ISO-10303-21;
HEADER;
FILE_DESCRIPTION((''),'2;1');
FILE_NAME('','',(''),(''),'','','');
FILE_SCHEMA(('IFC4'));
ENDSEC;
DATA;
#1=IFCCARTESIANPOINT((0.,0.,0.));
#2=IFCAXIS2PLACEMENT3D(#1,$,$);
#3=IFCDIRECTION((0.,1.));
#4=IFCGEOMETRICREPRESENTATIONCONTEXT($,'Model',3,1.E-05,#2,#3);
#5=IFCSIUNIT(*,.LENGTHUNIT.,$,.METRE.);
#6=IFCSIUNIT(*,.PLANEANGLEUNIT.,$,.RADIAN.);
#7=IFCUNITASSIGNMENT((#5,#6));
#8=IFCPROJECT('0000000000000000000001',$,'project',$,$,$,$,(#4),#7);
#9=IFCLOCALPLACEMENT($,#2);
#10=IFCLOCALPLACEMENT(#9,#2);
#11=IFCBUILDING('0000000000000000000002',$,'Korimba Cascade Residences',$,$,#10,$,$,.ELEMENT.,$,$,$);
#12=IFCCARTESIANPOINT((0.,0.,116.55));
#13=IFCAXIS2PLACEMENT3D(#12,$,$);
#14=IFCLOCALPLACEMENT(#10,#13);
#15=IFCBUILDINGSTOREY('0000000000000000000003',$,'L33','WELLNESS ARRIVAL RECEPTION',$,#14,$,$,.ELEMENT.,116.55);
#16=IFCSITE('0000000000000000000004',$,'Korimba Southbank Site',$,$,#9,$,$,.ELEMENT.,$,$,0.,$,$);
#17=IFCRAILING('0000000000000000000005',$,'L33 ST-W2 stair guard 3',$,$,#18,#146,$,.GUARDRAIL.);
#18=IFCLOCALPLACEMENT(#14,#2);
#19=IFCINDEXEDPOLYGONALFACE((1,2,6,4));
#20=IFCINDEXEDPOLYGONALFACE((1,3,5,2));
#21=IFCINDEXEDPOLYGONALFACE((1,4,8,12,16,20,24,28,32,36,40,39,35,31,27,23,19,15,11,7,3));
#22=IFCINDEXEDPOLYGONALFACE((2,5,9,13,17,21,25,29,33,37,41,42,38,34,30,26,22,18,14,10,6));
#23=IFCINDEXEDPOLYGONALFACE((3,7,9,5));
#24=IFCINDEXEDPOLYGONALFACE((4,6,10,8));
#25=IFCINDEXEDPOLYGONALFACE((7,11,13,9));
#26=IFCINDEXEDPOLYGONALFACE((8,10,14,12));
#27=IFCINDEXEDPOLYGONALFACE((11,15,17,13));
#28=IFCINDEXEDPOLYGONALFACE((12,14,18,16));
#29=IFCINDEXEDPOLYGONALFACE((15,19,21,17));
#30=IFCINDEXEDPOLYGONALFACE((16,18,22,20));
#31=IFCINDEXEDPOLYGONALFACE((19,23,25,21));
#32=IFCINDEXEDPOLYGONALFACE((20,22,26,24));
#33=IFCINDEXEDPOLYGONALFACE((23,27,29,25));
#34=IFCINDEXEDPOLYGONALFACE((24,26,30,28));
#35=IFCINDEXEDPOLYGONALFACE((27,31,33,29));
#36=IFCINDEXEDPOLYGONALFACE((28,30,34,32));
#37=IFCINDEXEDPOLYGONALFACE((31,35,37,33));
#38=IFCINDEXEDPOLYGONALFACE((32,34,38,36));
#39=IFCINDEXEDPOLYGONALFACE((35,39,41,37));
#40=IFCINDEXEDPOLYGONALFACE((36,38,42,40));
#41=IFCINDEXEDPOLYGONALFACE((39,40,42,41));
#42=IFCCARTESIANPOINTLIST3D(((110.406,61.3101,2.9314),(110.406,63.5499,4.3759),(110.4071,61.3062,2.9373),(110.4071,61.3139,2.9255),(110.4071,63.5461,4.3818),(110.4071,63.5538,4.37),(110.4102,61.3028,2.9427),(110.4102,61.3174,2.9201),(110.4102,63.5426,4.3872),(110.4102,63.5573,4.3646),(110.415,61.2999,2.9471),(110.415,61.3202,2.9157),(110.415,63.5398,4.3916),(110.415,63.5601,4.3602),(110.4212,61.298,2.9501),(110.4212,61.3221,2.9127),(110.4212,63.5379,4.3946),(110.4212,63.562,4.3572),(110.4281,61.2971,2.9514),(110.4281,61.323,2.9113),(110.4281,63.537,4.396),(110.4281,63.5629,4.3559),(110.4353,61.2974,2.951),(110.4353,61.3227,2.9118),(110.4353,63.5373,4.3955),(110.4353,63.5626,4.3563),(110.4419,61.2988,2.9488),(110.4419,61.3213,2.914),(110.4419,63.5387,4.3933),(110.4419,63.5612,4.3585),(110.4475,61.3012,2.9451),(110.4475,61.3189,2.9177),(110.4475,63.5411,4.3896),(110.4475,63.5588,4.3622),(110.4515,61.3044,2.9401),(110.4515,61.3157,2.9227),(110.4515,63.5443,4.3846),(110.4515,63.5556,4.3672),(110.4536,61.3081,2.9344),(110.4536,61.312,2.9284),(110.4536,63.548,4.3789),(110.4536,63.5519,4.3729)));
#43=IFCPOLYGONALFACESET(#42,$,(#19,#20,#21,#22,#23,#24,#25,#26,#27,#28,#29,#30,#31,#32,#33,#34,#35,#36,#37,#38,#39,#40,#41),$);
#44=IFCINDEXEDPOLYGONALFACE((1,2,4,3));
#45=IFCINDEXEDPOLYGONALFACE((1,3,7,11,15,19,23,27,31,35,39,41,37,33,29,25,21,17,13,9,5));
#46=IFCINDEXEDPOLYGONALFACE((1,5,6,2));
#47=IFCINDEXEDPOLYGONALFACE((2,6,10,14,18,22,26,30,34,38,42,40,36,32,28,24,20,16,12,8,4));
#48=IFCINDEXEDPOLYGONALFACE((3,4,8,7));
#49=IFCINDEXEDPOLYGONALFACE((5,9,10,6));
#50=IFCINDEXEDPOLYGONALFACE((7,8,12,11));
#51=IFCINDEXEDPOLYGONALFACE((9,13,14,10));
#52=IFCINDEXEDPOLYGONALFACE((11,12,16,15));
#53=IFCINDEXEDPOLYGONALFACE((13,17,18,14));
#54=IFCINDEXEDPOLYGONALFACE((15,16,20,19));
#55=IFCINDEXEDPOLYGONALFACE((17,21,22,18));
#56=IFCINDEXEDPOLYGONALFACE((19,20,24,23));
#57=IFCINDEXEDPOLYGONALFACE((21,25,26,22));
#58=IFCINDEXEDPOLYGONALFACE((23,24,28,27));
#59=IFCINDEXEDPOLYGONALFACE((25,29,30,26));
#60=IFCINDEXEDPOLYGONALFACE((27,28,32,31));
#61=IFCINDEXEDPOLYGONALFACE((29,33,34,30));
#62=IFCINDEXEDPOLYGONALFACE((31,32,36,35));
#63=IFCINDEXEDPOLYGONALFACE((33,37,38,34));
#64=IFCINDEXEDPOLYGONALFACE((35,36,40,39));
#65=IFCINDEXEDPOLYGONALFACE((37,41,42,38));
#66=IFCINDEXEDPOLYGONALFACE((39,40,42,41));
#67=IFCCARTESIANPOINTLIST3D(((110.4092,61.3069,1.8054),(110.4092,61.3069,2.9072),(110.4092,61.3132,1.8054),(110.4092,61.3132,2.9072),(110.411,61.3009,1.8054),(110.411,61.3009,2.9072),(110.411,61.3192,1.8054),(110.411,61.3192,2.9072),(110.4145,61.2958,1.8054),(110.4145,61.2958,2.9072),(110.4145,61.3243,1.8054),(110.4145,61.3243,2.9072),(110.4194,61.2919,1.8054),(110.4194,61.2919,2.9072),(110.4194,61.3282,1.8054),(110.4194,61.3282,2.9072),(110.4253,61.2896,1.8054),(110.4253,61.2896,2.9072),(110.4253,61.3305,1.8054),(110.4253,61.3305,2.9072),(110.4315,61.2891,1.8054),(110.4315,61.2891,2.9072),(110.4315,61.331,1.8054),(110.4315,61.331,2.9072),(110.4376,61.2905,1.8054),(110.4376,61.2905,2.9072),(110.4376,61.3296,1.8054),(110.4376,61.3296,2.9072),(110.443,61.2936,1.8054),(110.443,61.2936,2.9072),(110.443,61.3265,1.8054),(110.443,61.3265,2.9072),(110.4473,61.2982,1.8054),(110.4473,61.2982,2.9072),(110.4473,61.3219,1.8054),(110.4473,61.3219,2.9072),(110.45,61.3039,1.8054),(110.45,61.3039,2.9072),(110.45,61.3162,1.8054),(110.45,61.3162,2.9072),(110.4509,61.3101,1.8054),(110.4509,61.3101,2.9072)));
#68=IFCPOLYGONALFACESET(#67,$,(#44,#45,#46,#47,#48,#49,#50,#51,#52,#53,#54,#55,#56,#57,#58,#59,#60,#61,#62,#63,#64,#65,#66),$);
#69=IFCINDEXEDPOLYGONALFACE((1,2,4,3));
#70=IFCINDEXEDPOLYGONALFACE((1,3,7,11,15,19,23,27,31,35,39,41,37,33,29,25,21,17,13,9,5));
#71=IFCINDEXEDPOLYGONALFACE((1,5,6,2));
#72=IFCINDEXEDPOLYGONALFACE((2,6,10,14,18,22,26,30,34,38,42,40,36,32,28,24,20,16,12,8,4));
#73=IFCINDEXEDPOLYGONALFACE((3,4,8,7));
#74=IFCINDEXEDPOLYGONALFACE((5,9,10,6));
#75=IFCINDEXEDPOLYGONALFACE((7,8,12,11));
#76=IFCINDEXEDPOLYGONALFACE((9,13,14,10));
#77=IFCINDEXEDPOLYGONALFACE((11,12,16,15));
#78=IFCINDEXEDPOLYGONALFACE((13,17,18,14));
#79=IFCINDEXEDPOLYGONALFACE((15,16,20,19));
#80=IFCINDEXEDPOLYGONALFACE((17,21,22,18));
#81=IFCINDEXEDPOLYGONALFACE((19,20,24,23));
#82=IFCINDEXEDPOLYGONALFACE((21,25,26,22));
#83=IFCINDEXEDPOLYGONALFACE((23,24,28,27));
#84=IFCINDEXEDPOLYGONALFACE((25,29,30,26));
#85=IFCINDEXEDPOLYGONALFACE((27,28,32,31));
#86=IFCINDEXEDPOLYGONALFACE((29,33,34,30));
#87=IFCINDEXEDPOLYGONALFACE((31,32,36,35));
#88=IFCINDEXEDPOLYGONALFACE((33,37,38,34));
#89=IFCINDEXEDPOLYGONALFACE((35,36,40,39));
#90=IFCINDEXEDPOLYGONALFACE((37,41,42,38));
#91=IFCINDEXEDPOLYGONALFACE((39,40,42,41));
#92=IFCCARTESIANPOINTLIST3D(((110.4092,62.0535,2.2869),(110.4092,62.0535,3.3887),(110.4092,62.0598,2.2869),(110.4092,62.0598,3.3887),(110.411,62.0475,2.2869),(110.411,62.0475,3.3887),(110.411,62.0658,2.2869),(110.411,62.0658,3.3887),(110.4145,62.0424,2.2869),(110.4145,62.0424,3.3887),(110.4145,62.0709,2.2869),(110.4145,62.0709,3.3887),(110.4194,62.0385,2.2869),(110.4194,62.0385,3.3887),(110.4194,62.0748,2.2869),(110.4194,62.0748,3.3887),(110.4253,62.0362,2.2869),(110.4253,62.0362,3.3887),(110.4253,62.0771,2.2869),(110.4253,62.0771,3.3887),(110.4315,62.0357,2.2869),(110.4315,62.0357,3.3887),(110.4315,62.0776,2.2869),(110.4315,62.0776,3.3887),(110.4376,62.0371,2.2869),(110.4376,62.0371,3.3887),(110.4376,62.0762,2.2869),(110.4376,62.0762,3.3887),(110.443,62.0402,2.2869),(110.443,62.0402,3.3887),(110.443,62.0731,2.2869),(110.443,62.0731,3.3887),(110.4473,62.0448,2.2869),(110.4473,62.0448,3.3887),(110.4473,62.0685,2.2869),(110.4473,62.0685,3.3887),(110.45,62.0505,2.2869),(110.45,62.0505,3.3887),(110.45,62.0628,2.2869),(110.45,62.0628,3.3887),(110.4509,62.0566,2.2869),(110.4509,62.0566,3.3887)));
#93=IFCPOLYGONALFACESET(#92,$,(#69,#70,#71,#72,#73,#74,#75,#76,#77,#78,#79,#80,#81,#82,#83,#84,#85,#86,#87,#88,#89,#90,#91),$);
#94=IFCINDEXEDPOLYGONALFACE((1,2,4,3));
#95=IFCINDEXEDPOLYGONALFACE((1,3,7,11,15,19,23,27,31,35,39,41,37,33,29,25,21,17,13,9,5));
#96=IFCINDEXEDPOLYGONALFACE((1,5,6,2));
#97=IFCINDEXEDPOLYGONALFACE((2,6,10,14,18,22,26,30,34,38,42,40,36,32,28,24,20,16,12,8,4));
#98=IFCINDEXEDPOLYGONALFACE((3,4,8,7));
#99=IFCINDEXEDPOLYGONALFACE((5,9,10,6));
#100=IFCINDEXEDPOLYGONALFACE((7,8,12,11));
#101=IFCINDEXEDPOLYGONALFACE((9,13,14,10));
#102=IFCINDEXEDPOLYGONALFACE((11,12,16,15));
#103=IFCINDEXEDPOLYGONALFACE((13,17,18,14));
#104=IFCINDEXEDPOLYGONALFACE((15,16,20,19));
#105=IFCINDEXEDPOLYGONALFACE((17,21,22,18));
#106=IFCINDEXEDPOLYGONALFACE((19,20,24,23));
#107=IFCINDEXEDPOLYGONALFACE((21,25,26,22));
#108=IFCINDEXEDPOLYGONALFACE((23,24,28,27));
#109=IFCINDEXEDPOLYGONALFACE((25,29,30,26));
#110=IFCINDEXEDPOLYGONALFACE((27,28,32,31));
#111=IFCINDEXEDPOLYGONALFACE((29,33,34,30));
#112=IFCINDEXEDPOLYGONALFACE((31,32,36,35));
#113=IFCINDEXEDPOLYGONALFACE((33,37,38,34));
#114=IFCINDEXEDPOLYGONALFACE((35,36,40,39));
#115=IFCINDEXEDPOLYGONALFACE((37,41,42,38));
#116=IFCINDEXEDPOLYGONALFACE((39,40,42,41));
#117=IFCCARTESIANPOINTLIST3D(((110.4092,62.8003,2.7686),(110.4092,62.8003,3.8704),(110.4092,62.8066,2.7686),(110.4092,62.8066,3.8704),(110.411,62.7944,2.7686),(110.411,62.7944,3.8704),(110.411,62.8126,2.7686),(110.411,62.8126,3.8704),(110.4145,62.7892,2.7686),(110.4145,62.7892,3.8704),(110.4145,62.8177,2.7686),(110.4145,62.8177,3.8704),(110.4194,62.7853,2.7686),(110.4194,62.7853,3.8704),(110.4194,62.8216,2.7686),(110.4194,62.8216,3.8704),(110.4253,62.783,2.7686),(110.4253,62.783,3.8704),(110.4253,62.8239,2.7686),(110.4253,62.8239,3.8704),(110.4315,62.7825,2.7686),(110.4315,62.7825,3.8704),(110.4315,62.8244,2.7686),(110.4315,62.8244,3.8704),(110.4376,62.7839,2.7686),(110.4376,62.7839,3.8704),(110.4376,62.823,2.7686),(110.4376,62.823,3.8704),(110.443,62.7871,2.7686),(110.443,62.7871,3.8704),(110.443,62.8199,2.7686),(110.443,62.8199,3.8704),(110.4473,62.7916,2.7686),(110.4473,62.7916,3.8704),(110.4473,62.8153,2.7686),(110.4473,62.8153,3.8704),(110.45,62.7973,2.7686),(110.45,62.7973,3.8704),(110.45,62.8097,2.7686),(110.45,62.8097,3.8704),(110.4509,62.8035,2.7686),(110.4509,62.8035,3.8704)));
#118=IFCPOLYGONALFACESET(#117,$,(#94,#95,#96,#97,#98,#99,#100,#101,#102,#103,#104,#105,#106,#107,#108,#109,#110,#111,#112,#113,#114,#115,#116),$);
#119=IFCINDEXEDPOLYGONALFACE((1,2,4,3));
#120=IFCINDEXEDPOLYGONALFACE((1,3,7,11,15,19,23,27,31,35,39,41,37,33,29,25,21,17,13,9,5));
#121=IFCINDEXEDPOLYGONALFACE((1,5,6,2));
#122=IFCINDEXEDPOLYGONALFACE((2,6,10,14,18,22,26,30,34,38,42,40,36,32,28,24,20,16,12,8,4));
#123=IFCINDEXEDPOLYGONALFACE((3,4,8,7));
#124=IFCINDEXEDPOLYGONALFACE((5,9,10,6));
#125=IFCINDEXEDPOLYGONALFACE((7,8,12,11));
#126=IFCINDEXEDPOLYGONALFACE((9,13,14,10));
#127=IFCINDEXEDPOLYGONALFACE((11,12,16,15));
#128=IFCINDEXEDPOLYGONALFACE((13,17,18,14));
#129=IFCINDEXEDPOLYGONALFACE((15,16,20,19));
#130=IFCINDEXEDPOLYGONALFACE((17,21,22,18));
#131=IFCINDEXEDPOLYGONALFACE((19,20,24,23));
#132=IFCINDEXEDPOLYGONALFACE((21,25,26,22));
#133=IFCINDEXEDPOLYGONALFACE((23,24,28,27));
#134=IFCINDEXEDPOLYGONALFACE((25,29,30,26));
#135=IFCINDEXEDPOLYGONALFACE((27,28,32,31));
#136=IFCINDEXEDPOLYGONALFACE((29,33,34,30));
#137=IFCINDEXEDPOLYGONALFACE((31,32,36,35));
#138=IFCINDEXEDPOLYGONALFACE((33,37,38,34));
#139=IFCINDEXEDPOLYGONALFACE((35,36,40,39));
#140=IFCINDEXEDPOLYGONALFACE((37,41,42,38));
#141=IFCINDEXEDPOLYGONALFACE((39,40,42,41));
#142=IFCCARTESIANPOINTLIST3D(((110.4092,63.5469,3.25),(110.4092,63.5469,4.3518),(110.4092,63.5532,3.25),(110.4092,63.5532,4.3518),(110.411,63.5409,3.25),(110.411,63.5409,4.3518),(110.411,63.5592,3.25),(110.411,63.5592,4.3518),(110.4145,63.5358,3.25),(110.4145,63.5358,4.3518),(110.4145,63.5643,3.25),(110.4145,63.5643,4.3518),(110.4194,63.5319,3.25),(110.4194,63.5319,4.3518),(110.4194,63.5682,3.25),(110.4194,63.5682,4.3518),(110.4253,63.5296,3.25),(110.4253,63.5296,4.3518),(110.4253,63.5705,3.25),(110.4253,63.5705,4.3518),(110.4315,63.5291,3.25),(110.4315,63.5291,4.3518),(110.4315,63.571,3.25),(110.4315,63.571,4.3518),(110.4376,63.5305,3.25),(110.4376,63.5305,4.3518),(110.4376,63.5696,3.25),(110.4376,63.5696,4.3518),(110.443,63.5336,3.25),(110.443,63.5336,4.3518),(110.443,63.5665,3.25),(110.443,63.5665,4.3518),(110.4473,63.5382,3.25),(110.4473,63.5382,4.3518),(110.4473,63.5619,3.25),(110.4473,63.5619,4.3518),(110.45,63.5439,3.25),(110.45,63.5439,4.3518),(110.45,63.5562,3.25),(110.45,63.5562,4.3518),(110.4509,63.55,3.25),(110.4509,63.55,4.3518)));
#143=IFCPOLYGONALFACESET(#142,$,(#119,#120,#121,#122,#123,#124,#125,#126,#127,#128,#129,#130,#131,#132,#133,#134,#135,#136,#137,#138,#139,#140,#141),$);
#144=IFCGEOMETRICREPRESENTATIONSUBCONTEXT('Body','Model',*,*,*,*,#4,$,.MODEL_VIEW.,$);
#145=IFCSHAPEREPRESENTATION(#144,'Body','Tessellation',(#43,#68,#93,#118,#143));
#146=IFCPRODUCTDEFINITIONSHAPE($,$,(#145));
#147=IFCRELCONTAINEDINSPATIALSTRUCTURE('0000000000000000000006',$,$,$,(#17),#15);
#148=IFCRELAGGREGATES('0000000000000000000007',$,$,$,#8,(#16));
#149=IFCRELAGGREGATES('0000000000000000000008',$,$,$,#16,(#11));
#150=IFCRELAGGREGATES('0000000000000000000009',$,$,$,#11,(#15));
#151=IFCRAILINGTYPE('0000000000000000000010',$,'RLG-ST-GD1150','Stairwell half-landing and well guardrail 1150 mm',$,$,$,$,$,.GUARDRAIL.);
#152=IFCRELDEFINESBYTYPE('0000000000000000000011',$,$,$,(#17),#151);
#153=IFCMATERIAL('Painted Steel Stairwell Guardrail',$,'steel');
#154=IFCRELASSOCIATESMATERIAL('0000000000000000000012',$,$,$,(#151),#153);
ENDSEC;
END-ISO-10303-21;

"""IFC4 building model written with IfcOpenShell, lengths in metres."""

from ifc_helpers import new_model, si_unit, direction, frame, origin, origin_2d, place, context, subcontext, project, spatial, circle, extrude, material, type_object, element, save


model = new_model("IFC4")

# Units and contexts
model_context = context("Model", 3, precision=1e-05, world=origin(), true_north=direction((0.0, 1.0)))
body_context = subcontext(model_context, "Body", "Model", "MODEL_VIEW")
ifc_project = project(units=[si_unit("LENGTHUNIT", "METRE"), si_unit("PLANEANGLEUNIT", "RADIAN")], contexts=[model_context])

# Site, building, storey
site_placement = place(None, origin())
site = spatial("IfcSite", under=ifc_project, at=site_placement, Name="Korimba Southbank Site", CompositionType="ELEMENT", RefElevation=0.0)
building_placement = place(site_placement, origin())
building = spatial("IfcBuilding", under=site, at=building_placement, Name="Korimba Cascade Residences", CompositionType="ELEMENT")
storey_placement = place(building_placement, frame((0.0, 0.0, 116.55)))
storey = spatial("IfcBuildingStorey", under=building, at=storey_placement, Name="L33", Description="WELLNESS ARRIVAL RECEPTION", CompositionType="ELEMENT", Elevation=116.55)

# Railing
ifc_material_1 = material(Name="Painted Steel Stairwell Guardrail", Category="steel")
railing_type_1 = type_object("IfcRailingType", Name="RLG-ST-GD1150", Description="Stairwell half-landing and well guardrail 1150 mm", PredefinedType="GUARDRAIL", material=ifc_material_1)
railing_1_placement = place(storey_placement, frame((110.4299, 61.3101, 1.8054)))
element("IfcRailing", 1, at=railing_1_placement, inside=storey, type_object=railing_type_1, Name="L33 ST-W2 stair guard 3", PredefinedType="GUARDRAIL", context=body_context, shape_type="SweptSolid", body=[
    extrude(circle(Radius=0.0239, at=origin_2d()), frame((0.0, 0.0, 1.126), z_axis=(0.0, 0.840395, 0.541975), x_axis=(-1.0, 0.0, 0.0)), (0.0, 0.0, 1.0), 2.6653),
    extrude(circle(Radius=0.021, at=origin_2d()), origin(), (0.0, 0.0, 1.0), 1.1018),
    extrude(circle(Radius=0.021, at=origin_2d()), frame((0.0, 0.7466, 0.4814)), (0.0, 0.0, 1.0), 1.1018),
    extrude(circle(Radius=0.021, at=origin_2d()), frame((0.0, 1.4934, 0.9631)), (0.0, 0.0, 1.0), 1.1018),
    extrude(circle(Radius=0.021, at=origin_2d()), frame((0.0, 2.24, 1.4446)), (0.0, 0.0, 1.0), 1.1018),
])

save(model, "model.ifc")
